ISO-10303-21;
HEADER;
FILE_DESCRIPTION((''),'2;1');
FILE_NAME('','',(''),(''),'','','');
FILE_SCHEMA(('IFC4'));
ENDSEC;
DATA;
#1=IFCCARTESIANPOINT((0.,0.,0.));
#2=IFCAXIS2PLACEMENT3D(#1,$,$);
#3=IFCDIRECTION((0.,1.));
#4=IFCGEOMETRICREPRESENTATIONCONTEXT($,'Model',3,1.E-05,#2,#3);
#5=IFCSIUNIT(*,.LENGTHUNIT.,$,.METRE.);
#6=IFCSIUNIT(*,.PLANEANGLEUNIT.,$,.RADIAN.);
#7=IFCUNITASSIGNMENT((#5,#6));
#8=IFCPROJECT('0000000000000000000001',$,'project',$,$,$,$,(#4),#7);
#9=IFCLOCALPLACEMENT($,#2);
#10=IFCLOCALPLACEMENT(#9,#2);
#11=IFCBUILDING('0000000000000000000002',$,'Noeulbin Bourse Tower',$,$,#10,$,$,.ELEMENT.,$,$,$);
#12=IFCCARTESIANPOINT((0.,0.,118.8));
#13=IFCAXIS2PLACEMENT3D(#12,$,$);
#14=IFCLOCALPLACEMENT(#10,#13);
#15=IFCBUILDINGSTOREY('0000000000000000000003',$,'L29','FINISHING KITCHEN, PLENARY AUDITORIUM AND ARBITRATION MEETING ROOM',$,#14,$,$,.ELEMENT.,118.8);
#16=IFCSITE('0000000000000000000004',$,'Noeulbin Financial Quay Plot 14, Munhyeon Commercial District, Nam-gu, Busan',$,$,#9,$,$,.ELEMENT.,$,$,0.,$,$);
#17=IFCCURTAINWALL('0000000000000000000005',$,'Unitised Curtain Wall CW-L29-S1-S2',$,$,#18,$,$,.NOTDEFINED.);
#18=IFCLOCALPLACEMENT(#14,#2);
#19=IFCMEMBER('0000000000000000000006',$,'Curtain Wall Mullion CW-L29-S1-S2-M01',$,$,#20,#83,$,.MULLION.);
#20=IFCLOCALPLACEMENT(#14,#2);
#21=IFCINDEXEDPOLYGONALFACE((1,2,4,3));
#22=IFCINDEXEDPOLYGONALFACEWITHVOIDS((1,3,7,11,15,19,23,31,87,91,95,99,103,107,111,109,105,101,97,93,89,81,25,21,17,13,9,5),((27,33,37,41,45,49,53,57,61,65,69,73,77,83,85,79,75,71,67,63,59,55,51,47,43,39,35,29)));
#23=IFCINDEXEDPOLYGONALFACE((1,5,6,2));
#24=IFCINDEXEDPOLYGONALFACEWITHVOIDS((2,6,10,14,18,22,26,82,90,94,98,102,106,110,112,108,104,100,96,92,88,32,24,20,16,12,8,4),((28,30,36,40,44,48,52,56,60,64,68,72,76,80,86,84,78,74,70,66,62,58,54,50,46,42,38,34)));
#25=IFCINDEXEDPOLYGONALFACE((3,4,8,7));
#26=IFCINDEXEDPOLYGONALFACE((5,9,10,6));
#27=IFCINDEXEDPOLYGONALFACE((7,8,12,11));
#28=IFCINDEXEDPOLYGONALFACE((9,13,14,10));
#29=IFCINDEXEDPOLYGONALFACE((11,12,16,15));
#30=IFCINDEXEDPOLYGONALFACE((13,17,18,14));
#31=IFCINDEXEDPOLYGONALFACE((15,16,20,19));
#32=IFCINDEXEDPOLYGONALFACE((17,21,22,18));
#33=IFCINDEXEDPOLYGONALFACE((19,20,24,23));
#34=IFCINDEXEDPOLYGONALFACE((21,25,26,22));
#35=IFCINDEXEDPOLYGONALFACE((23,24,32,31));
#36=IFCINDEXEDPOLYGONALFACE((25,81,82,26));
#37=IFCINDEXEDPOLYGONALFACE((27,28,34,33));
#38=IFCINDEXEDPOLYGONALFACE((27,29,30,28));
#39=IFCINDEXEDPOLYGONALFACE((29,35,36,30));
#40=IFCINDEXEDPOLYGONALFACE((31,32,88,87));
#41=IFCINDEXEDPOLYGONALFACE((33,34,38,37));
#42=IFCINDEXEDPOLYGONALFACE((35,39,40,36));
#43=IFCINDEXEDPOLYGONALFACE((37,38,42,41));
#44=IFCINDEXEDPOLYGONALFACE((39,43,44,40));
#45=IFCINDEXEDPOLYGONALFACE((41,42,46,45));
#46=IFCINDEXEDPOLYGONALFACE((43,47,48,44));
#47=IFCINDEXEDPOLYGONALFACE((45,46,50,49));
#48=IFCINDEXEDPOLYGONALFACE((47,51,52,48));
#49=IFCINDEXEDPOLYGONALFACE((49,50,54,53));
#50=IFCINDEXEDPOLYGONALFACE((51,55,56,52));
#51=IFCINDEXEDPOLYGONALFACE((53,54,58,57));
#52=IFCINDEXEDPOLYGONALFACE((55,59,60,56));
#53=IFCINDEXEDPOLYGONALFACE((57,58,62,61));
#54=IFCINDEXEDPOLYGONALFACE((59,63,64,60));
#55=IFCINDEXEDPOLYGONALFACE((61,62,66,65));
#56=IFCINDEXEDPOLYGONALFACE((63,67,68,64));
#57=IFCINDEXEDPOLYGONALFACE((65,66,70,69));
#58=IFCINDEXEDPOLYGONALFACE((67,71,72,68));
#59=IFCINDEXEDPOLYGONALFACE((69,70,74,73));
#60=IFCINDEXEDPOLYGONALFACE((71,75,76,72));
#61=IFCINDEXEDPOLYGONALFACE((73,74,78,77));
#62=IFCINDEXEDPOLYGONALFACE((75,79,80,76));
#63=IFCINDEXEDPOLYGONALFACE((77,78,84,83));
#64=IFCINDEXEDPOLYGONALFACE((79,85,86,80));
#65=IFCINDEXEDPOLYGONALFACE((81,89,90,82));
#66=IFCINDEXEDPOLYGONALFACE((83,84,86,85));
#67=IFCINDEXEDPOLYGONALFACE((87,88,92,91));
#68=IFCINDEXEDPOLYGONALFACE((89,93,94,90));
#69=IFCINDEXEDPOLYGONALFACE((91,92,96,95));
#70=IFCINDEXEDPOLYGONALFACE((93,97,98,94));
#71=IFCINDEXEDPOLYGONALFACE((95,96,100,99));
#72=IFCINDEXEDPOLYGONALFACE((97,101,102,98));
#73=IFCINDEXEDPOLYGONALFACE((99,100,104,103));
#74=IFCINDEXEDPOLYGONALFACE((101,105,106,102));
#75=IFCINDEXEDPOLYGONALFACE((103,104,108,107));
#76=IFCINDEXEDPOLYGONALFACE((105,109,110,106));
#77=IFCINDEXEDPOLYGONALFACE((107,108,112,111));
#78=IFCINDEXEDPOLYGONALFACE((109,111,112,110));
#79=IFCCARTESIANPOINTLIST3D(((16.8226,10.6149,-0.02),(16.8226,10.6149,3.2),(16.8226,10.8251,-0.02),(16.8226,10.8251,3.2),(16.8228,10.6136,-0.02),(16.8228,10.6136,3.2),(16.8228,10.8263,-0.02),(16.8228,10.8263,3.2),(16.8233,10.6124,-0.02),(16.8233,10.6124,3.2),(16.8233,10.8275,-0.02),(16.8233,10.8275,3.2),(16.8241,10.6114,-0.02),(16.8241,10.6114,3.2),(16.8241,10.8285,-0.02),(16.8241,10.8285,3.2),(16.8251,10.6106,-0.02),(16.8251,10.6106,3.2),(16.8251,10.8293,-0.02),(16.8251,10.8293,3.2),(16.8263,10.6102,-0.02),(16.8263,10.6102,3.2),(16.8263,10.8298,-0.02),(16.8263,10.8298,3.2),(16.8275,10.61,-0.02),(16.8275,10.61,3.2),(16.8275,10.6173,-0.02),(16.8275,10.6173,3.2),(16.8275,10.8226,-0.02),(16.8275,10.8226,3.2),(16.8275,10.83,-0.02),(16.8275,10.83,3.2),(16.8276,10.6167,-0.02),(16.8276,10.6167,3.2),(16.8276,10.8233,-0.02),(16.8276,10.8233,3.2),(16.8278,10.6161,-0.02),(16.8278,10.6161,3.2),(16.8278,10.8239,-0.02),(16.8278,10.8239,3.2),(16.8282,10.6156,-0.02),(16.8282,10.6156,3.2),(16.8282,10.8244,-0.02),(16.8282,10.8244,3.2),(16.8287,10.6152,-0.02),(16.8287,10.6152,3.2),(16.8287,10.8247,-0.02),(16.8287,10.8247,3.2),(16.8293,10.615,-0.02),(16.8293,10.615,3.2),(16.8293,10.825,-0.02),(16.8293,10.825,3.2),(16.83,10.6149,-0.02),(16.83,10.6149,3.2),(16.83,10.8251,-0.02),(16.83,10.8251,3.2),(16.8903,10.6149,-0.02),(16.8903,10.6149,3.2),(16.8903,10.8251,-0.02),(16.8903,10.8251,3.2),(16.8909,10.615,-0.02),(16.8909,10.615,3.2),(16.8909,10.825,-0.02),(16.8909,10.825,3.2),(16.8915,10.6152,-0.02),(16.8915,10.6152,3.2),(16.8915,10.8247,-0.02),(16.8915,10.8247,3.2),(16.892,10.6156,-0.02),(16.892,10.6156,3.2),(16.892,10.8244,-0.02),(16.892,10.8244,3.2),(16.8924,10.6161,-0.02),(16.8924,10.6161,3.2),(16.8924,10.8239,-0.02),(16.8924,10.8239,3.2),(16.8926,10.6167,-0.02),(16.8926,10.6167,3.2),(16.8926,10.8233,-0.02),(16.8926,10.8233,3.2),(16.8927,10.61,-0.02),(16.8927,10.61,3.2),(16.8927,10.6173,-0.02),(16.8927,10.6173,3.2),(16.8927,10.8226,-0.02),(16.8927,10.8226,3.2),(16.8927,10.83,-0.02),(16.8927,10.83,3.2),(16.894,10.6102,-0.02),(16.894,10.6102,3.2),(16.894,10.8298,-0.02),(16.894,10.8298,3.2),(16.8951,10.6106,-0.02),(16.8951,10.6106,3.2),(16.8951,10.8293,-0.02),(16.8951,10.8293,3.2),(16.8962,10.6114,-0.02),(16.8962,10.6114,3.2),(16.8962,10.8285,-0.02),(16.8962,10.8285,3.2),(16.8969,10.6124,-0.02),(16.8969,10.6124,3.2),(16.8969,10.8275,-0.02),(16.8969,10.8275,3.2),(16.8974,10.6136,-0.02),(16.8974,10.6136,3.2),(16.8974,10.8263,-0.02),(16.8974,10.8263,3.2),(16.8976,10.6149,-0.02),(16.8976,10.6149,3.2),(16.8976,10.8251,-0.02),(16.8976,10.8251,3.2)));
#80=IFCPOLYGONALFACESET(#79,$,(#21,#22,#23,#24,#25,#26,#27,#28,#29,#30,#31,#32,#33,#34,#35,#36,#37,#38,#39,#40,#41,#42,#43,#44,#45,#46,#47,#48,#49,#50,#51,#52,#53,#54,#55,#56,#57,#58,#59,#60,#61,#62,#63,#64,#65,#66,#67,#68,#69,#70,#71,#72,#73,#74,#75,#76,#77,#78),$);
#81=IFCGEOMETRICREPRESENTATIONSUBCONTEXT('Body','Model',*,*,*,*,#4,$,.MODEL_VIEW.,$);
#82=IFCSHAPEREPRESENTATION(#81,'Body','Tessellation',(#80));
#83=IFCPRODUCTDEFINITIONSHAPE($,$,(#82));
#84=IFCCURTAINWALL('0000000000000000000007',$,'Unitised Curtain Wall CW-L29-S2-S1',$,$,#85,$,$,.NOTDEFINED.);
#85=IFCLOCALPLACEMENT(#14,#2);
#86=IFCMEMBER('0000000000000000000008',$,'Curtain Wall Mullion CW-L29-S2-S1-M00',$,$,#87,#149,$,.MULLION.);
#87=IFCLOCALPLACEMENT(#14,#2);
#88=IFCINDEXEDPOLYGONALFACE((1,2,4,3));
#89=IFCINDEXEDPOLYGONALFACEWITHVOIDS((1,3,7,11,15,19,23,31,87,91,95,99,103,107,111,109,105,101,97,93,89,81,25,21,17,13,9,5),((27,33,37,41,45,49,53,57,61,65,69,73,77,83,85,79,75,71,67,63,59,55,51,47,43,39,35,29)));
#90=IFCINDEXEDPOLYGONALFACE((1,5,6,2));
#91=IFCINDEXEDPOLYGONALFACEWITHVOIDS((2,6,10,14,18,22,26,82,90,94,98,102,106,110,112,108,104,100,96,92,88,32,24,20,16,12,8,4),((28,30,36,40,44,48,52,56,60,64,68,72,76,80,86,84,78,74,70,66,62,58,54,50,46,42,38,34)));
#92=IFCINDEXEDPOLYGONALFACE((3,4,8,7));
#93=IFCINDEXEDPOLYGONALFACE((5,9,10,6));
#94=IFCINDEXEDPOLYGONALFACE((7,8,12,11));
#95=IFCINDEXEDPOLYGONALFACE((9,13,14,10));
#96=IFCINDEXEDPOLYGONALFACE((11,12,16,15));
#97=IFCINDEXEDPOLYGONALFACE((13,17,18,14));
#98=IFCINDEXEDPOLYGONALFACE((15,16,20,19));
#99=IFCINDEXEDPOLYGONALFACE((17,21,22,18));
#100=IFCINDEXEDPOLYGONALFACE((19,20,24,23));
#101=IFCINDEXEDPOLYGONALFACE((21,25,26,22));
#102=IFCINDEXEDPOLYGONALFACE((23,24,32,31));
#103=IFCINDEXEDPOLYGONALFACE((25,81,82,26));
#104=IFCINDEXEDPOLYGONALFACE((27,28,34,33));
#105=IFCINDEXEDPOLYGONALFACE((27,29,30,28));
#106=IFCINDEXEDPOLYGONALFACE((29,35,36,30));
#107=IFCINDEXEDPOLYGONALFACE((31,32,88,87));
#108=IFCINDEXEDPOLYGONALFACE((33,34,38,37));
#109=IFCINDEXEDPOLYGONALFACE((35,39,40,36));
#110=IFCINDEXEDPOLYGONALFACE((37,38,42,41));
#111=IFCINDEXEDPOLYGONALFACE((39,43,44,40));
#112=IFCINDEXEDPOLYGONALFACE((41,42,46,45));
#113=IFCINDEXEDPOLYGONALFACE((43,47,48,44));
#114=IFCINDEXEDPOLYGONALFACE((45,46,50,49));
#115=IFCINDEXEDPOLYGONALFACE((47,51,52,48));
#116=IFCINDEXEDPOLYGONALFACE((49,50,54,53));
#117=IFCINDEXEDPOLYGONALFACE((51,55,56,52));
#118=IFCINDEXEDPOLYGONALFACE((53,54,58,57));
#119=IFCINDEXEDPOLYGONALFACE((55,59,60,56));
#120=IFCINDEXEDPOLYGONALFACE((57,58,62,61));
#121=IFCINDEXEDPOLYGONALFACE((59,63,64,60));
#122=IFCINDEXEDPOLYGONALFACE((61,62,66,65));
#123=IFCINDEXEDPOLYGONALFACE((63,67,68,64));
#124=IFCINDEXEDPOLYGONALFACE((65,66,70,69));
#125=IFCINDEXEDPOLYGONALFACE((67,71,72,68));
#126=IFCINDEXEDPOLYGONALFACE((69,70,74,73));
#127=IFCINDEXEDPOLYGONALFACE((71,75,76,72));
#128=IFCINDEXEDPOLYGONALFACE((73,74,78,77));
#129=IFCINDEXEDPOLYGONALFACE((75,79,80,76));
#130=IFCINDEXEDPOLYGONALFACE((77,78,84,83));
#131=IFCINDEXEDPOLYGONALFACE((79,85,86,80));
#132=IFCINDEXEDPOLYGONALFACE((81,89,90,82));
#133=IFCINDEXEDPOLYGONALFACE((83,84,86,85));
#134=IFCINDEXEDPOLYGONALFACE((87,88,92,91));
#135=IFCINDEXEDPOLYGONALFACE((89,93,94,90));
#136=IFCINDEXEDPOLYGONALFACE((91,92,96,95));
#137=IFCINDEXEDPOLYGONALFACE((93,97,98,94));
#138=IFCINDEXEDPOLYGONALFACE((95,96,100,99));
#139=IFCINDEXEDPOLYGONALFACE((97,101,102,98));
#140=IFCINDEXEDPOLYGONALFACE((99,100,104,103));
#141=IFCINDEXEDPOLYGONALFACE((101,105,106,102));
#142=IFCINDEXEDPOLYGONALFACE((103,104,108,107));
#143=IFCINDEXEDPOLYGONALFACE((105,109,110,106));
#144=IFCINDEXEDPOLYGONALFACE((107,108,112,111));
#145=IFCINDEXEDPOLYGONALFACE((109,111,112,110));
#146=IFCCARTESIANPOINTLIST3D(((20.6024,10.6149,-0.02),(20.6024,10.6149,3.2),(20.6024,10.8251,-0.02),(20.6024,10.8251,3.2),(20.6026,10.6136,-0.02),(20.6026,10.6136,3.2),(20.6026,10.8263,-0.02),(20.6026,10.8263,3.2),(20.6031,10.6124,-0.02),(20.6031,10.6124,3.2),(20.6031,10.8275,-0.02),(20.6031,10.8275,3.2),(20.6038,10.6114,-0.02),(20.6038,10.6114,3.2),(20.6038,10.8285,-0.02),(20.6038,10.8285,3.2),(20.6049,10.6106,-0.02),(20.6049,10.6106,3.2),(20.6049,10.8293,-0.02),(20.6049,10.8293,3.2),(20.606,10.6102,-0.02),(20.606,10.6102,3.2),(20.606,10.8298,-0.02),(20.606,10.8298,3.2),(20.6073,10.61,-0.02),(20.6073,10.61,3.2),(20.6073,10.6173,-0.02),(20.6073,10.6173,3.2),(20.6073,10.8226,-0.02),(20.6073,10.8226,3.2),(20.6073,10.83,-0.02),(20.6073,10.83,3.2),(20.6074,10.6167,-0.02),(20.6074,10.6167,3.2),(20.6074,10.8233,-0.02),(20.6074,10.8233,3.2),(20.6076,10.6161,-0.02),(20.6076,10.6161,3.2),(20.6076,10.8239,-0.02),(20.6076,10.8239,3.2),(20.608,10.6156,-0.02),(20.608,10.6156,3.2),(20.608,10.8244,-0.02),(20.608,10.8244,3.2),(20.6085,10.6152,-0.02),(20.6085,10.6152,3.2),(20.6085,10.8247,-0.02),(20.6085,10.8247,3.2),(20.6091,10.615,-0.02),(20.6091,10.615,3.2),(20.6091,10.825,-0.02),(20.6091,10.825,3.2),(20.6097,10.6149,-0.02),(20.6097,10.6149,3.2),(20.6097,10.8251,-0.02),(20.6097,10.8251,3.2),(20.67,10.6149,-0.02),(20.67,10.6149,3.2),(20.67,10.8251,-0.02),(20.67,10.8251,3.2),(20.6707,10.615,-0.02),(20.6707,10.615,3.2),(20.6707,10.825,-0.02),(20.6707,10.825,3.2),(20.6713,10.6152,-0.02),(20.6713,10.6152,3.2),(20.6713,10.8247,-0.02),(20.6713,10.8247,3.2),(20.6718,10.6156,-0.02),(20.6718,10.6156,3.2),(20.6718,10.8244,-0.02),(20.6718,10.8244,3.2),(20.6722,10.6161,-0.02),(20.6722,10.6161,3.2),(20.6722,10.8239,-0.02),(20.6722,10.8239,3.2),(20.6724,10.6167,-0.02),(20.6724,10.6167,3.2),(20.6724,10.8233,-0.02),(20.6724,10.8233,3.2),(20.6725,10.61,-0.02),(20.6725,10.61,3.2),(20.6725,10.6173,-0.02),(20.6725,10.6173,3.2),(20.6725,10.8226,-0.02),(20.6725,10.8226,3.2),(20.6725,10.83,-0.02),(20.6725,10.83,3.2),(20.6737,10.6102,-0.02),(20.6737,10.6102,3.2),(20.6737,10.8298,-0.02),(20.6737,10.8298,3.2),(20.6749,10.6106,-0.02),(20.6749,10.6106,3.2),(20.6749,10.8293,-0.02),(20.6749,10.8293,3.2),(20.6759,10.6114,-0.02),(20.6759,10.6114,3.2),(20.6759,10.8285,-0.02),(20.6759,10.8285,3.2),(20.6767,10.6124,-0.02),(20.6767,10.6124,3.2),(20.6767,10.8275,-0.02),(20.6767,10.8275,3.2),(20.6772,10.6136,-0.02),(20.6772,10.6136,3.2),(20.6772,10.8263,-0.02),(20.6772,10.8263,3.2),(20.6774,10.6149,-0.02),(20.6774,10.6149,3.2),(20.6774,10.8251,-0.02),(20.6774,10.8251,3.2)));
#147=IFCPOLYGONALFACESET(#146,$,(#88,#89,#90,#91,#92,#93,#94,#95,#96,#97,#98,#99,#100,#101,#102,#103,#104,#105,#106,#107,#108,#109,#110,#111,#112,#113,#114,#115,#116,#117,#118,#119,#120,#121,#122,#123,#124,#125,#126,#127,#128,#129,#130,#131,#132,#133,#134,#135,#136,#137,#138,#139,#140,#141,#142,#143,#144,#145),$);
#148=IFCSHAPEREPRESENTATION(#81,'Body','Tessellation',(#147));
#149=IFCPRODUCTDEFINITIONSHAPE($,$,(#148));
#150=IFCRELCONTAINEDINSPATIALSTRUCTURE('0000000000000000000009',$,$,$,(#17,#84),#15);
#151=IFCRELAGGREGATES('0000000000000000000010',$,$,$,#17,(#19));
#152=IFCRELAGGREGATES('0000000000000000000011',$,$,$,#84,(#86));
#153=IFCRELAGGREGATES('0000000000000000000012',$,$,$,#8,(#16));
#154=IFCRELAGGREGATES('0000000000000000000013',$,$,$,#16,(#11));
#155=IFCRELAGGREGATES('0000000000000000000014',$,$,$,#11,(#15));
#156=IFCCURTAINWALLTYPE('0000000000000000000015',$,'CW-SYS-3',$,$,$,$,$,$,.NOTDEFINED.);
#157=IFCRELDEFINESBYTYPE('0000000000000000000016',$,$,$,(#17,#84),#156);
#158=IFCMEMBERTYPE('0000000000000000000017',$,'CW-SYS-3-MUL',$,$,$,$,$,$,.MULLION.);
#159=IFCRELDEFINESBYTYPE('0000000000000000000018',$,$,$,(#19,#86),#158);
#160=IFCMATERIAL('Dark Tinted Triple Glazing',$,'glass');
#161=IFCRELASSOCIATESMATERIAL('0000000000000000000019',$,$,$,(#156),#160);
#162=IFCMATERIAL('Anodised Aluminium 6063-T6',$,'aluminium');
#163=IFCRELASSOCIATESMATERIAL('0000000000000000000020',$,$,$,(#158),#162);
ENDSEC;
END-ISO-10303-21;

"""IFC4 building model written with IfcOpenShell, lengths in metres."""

from ifc_helpers import new_model, si_unit, direction, frame, origin, origin_2d, place, context, subcontext, project, spatial, hollow_rectangle, extrude, material, material_profile, profile_set, type_object, element, aggregate, save


model = new_model("IFC4")

# Units and contexts
model_context = context("Model", 3, precision=1e-05, world=origin(), true_north=direction((0.0, 1.0)))
body_context = subcontext(model_context, "Body", "Model", "MODEL_VIEW")
ifc_project = project(units=[si_unit("LENGTHUNIT", "METRE"), si_unit("PLANEANGLEUNIT", "RADIAN")], contexts=[model_context])

# Site, building, storey
site_placement = place(None, origin())
site = spatial("IfcSite", under=ifc_project, at=site_placement, Name="Noeulbin Financial Quay Plot 14, Munhyeon Commercial District, Nam-gu, Busan", CompositionType="ELEMENT", RefElevation=0.0)
building_placement = place(site_placement, origin())
building = spatial("IfcBuilding", under=site, at=building_placement, Name="Noeulbin Bourse Tower", CompositionType="ELEMENT")
storey_placement = place(building_placement, frame((0.0, 0.0, 118.8)))
storey = spatial("IfcBuildingStorey", under=building, at=storey_placement, Name="L29", Description="FINISHING KITCHEN, PLENARY AUDITORIUM AND ARBITRATION MEETING ROOM", CompositionType="ELEMENT", Elevation=118.8)

# Curtain wall, member
ifc_material_1 = material(Name="Dark Tinted Triple Glazing", Category="glass")
curtain_wall_type = type_object("IfcCurtainWallType", Name="CW-SYS-3", PredefinedType="NOTDEFINED", material=ifc_material_1)
curtain_wall_1_placement = place(storey_placement, origin())
curtain_wall_1 = element("IfcCurtainWall", 1, at=curtain_wall_1_placement, inside=storey, type_object=curtain_wall_type, Name="Unitised Curtain Wall CW-L29-S1-S2", PredefinedType="NOTDEFINED")
ifc_material_2 = material(Name="Anodised Aluminium 6063-T6", Category="aluminium")
ifc_material_profile_1 = material_profile(ifc_material_2, hollow_rectangle(XDim=0.075, YDim=0.22, WallThickness=0.0049, InnerFilletRadius=0.0024, OuterFilletRadius=0.0049, at=origin_2d()), Name="ALU-MULL-75x220x5", Category="LoadBearing")
ifc_profile_set_1 = profile_set([ifc_material_profile_1], Name="Anodised Aluminium 6063-T6")
member_type_1 = type_object("IfcMemberType", Name="CW-SYS-3-MUL", PredefinedType="MULLION", material=ifc_profile_set_1)
member_1_placement = place(storey_placement, frame((16.8601, 10.72, -0.02), z_axis=(0.0, 0.0, 1.0), x_axis=(1.0, 0.0, 0.0)))
member_1 = element("IfcMember", 2, at=member_1_placement, type_object=member_type_1, Name="Curtain Wall Mullion CW-L29-S1-S2-M01", PredefinedType="MULLION", context=body_context, shape_type="SweptSolid", body=[
    extrude(hollow_rectangle(XDim=0.075, YDim=0.22, WallThickness=0.0049, InnerFilletRadius=0.0024, OuterFilletRadius=0.0049, at=origin_2d()), origin(), (0.0, 0.0, 1.0), 3.22),
])

# Curtain wall, member
curtain_wall_2_placement = place(storey_placement, origin())
curtain_wall_2 = element("IfcCurtainWall", 3, at=curtain_wall_2_placement, inside=storey, type_object=curtain_wall_type, Name="Unitised Curtain Wall CW-L29-S2-S1", PredefinedType="NOTDEFINED")
member_2_placement = place(storey_placement, frame((20.6399, 10.72, -0.02), z_axis=(0.0, 0.0, 1.0), x_axis=(1.0, 0.0, 0.0)))
member_2 = element("IfcMember", 4, at=member_2_placement, type_object=member_type_1, Name="Curtain Wall Mullion CW-L29-S2-S1-M00", PredefinedType="MULLION", context=body_context, shape_type="SweptSolid", body=[
    extrude(hollow_rectangle(XDim=0.075, YDim=0.22, WallThickness=0.0049, InnerFilletRadius=0.0024, OuterFilletRadius=0.0049, at=origin_2d()), origin(), (0.0, 0.0, 1.0), 3.22),
])

aggregate(curtain_wall_1, [member_1])
aggregate(curtain_wall_2, [member_2])

save(model, "model.ifc")
